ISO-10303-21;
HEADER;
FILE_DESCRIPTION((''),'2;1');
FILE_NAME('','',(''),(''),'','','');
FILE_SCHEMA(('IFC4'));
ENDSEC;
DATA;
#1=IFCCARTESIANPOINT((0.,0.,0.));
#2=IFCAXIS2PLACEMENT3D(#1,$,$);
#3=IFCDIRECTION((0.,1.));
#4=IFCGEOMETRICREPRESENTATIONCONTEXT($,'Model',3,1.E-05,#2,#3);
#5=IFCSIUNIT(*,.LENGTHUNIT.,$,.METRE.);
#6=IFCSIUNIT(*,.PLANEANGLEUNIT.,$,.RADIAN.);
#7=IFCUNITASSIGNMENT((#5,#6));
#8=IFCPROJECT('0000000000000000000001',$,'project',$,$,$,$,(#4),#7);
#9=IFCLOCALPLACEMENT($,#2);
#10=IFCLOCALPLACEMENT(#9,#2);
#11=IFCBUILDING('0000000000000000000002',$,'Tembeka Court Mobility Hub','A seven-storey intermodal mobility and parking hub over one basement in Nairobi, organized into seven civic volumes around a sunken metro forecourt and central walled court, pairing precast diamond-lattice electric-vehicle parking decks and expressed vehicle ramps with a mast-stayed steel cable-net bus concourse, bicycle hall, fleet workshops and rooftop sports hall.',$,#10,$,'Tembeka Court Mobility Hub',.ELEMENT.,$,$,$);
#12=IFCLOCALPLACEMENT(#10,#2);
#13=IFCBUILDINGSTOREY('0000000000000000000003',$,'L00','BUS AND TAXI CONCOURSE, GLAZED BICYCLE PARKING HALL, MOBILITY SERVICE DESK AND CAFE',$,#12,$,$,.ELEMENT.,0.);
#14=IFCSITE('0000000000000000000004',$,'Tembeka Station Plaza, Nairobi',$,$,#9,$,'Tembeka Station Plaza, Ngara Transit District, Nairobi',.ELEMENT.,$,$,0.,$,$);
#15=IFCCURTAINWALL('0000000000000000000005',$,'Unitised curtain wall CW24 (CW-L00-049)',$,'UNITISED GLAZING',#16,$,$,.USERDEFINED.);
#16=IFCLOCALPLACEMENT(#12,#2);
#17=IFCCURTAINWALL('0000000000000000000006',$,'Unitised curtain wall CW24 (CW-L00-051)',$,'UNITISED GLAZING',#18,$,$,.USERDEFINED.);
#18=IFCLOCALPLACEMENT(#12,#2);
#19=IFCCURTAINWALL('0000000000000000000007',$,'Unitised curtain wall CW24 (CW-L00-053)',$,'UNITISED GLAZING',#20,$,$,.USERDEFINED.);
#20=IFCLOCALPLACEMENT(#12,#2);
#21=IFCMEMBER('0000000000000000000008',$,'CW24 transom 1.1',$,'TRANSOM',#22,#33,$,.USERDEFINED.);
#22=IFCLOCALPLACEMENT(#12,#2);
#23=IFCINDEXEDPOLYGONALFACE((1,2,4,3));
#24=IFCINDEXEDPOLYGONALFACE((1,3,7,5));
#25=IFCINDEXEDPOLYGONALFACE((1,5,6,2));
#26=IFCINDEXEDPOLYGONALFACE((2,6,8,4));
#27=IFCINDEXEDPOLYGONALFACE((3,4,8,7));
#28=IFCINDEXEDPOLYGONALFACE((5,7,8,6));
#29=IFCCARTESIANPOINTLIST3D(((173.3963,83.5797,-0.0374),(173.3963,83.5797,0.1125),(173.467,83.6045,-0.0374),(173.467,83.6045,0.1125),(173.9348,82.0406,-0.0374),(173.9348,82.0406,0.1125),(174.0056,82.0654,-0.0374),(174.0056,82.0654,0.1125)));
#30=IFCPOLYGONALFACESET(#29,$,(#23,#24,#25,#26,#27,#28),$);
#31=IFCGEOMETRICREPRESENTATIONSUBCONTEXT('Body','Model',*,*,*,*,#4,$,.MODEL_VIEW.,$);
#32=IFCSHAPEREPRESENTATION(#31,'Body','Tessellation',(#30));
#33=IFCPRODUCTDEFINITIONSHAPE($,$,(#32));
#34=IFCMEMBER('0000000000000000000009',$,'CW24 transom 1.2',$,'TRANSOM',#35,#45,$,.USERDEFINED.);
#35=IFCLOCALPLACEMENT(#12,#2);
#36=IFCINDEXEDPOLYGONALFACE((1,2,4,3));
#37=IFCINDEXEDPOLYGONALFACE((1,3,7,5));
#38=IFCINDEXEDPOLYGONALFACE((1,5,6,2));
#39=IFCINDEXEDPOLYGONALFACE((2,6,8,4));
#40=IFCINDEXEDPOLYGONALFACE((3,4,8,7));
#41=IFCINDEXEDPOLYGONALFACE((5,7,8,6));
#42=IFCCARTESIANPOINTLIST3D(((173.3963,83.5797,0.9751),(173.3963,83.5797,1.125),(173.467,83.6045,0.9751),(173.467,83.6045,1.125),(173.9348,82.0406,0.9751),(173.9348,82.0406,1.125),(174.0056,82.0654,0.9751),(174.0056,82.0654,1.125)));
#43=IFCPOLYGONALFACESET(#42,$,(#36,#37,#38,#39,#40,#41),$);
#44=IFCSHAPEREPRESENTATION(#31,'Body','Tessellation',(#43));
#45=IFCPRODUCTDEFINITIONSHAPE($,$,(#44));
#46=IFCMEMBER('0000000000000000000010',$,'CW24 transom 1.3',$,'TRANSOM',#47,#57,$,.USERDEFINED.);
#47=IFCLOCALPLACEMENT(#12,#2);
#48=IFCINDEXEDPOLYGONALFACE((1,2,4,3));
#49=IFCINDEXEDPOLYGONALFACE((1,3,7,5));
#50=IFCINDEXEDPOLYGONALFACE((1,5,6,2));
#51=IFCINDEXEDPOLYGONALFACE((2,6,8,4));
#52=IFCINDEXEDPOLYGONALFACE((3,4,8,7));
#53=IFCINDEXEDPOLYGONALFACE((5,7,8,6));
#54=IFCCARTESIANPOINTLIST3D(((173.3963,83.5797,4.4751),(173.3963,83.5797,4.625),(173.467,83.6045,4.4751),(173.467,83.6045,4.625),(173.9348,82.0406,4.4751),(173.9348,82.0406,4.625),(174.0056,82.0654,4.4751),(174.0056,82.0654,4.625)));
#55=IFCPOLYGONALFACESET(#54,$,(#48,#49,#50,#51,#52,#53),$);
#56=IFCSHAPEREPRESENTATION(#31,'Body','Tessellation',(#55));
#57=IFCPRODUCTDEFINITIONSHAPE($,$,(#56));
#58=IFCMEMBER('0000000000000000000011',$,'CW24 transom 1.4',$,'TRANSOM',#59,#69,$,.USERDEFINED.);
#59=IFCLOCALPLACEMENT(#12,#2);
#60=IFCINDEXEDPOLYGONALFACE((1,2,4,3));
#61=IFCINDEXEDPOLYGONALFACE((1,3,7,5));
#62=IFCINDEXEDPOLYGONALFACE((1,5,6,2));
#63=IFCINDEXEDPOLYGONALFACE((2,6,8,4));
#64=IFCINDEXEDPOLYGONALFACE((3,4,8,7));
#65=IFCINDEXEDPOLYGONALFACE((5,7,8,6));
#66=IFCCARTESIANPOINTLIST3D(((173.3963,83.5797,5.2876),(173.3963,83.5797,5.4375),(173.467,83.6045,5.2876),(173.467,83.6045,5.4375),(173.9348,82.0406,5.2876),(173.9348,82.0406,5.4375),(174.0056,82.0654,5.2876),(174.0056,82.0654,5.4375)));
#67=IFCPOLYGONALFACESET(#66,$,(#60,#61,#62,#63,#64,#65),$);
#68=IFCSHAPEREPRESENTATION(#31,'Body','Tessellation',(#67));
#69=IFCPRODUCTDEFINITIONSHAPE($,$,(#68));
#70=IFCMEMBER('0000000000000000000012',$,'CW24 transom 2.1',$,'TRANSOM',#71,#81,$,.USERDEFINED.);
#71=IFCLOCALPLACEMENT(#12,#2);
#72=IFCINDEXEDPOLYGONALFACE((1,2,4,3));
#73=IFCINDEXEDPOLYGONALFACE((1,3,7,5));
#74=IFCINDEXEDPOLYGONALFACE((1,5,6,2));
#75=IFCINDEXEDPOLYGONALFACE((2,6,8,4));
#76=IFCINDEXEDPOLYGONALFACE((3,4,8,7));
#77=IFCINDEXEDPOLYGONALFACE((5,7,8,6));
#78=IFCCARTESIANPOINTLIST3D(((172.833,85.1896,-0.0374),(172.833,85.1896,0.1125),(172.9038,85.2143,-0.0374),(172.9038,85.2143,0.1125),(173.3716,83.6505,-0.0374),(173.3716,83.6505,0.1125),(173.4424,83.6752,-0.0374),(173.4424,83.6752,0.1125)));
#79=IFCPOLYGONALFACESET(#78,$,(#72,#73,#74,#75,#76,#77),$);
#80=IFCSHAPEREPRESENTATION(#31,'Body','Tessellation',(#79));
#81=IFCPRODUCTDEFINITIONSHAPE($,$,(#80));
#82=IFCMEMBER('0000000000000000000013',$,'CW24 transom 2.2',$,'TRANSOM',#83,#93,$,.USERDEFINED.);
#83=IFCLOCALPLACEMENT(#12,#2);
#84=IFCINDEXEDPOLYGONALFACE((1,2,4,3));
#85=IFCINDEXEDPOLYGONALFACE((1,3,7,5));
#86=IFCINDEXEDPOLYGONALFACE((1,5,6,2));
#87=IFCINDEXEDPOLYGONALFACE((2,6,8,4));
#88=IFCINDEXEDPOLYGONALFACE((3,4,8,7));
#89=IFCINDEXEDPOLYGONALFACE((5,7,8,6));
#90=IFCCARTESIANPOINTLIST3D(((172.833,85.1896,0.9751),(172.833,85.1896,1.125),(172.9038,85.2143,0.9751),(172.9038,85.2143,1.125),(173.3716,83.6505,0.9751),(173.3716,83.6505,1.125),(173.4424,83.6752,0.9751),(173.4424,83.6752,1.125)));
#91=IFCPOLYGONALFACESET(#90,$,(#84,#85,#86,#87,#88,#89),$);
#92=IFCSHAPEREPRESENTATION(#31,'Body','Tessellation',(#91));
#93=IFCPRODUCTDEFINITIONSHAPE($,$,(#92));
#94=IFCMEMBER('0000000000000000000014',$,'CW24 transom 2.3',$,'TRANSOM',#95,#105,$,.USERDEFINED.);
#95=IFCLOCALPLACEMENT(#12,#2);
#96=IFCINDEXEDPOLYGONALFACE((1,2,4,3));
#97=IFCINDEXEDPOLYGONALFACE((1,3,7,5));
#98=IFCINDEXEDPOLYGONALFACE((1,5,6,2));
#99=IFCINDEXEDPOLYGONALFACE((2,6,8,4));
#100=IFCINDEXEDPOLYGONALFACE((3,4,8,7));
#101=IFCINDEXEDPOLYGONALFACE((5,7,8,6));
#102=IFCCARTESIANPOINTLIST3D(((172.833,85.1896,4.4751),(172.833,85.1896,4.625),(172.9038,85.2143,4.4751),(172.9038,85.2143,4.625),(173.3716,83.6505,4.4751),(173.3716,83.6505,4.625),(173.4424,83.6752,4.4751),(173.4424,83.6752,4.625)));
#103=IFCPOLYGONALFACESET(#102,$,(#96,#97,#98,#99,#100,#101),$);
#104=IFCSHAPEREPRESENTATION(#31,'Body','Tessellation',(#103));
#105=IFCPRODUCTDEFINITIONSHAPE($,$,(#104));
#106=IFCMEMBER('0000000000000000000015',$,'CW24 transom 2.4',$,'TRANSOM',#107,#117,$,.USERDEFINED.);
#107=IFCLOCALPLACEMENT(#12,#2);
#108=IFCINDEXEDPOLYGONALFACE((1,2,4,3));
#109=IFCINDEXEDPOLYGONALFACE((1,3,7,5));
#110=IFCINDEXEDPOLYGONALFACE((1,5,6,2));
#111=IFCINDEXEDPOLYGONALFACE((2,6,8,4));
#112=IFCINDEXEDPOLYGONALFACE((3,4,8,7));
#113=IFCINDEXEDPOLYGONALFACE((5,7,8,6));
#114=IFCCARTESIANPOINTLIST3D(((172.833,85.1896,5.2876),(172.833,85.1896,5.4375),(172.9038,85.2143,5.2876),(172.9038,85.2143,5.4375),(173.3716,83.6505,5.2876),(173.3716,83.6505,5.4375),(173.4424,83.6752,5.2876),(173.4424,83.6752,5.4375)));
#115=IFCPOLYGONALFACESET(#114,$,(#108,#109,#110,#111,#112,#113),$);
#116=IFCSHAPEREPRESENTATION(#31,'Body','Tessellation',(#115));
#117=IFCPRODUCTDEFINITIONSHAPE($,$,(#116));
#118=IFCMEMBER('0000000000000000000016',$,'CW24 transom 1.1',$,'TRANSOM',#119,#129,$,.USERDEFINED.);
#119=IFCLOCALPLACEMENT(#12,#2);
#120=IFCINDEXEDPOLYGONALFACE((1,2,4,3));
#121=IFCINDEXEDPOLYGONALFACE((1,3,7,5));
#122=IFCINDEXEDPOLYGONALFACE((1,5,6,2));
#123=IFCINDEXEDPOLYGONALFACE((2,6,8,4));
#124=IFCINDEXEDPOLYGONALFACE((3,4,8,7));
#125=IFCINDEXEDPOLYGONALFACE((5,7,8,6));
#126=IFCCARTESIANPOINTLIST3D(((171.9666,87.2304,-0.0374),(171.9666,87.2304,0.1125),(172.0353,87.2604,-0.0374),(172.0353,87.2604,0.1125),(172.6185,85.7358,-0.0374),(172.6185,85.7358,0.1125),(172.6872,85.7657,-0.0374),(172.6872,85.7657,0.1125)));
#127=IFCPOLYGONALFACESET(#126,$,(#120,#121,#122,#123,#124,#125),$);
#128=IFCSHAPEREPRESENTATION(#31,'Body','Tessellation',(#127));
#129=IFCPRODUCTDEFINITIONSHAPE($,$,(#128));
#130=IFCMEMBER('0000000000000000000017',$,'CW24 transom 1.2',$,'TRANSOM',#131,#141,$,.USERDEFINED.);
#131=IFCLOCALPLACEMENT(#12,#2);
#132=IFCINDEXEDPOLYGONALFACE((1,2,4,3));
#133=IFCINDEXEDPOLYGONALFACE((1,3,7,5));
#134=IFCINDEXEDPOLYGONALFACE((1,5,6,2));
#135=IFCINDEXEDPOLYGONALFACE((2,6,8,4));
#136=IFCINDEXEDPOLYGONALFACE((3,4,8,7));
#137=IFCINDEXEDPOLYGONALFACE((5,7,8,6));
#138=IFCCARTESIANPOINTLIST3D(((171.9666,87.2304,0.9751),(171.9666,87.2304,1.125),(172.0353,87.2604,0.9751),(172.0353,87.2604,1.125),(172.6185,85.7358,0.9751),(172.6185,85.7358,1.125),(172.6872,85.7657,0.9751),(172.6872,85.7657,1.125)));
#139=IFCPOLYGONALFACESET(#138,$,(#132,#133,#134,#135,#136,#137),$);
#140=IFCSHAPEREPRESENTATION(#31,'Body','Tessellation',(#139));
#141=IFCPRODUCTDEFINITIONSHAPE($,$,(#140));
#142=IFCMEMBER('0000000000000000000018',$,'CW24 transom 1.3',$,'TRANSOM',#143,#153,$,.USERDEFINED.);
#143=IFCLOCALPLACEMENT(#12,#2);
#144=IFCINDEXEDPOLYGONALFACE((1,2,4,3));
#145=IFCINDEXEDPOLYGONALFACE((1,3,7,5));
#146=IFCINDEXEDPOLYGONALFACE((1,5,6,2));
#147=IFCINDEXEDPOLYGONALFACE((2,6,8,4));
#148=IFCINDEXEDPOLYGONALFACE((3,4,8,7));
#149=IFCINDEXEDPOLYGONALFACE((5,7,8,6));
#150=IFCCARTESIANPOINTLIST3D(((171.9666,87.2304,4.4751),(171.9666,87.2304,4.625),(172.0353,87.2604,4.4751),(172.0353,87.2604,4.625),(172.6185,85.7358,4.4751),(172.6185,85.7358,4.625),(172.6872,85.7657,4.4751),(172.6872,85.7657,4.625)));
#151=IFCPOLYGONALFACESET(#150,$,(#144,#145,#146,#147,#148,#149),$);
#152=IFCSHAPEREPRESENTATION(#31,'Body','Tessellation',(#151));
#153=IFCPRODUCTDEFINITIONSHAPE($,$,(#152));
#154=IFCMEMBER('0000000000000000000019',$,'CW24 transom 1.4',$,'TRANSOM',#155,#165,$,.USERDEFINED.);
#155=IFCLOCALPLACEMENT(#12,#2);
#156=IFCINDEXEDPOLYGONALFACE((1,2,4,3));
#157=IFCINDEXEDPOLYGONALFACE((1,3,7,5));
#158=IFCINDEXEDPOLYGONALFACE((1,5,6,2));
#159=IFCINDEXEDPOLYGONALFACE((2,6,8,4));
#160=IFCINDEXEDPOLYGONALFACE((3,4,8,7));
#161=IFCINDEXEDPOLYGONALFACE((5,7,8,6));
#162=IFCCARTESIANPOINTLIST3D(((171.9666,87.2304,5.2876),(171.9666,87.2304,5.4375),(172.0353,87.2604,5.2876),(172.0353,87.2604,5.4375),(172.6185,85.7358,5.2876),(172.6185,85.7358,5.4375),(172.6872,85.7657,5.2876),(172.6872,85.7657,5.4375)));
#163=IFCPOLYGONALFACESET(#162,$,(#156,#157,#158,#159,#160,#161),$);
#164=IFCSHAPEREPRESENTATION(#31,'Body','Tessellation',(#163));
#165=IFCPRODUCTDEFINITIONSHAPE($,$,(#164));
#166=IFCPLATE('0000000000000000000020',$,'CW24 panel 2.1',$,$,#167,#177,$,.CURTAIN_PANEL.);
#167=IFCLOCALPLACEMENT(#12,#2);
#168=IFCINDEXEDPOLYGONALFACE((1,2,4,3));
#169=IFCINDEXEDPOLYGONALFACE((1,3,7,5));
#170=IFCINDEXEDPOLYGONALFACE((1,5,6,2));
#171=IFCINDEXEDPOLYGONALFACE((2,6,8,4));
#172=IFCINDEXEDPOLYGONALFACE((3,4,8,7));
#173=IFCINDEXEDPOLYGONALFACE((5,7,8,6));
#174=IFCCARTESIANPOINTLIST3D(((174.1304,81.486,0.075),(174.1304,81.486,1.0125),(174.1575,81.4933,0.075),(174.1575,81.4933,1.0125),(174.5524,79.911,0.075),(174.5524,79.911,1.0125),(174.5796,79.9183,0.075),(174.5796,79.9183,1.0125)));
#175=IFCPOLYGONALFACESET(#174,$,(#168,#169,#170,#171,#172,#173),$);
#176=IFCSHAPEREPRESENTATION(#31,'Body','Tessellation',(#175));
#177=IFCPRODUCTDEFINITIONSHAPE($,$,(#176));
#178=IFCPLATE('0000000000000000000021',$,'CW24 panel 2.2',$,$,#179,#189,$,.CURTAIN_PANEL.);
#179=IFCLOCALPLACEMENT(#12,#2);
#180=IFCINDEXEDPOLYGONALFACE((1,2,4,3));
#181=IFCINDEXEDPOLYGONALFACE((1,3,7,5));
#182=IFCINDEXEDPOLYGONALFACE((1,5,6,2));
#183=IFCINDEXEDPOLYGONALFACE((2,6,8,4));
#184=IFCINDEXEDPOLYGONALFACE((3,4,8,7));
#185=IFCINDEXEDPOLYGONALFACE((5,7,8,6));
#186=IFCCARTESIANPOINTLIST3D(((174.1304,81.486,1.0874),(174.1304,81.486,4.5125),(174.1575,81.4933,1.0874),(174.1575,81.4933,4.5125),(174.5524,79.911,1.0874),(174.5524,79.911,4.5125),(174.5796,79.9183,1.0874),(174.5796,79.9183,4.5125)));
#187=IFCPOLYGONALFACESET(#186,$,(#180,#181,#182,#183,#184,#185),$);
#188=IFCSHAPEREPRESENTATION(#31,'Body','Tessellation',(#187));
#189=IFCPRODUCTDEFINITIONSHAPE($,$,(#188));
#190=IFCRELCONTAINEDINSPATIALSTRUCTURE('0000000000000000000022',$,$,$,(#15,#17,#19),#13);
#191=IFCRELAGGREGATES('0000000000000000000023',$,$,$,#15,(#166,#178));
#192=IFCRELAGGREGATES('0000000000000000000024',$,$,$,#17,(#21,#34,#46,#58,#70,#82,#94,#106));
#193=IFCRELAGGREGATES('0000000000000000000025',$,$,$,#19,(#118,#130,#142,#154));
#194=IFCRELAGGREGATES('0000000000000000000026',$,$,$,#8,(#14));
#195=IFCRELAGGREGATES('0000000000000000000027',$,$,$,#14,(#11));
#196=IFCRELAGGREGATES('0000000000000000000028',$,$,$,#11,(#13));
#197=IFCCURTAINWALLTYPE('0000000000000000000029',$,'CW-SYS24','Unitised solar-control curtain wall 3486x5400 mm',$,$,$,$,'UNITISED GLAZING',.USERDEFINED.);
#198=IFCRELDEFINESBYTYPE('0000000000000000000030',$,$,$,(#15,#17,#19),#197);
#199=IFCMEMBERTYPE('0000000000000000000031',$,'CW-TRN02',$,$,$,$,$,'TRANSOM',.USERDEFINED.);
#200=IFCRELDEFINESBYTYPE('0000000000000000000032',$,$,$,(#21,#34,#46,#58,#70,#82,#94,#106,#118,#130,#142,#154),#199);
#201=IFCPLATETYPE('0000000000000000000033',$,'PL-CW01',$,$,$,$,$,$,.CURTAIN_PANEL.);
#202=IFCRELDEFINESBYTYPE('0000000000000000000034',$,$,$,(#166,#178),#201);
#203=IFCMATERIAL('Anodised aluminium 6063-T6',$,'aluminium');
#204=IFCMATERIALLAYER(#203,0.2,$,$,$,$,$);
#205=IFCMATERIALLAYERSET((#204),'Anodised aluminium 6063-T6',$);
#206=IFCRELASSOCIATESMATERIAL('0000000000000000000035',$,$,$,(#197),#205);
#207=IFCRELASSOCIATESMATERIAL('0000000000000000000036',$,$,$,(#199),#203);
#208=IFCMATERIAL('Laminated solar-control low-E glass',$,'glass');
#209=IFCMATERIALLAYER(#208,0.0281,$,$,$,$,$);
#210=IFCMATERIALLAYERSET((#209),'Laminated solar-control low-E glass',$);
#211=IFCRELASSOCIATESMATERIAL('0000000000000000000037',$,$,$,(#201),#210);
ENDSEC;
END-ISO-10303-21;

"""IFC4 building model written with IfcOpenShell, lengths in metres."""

from ifc_helpers import new_model, si_unit, direction, frame, origin, origin_2d, place, context, subcontext, project, spatial, rectangle, extrude, material, layer, layer_set, material_profile, profile_set, type_object, element, aggregate, save


model = new_model("IFC4")

# Units and contexts
model_context = context("Model", 3, precision=1e-05, world=origin(), true_north=direction((0.0, 1.0)))
body_context = subcontext(model_context, "Body", "Model", "MODEL_VIEW")
ifc_project = project(units=[si_unit("LENGTHUNIT", "METRE"), si_unit("PLANEANGLEUNIT", "RADIAN")], contexts=[model_context])

# Site, building, storey
site_placement = place(None, origin())
site = spatial("IfcSite", under=ifc_project, at=site_placement, Name="Tembeka Station Plaza, Nairobi", LongName="Tembeka Station Plaza, Ngara Transit District, Nairobi", CompositionType="ELEMENT", RefElevation=0.0)
building_placement = place(site_placement, origin())
building = spatial("IfcBuilding", under=site, at=building_placement, Name="Tembeka Court Mobility Hub", Description="A seven-storey intermodal mobility and parking hub over one basement in Nairobi, organized into seven civic volumes around a sunken metro forecourt and central walled court, pairing precast diamond-lattice electric-vehicle parking decks and expressed vehicle ramps with a mast-stayed steel cable-net bus concourse, bicycle hall, fleet workshops and rooftop sports hall.", LongName="Tembeka Court Mobility Hub", CompositionType="ELEMENT")
storey_placement = place(building_placement, origin())
storey = spatial("IfcBuildingStorey", under=building, at=storey_placement, Name="L00", Description="BUS AND TAXI CONCOURSE, GLAZED BICYCLE PARKING HALL, MOBILITY SERVICE DESK AND CAFE", CompositionType="ELEMENT", Elevation=0.0)

# Curtain wall
ifc_material_1 = material(Name="Anodised aluminium 6063-T6", Category="aluminium")
ifc_layer_1 = layer(ifc_material_1, 0.2)
ifc_layer_set_1 = layer_set([ifc_layer_1], Name="Anodised aluminium 6063-T6")
curtain_wall_type = type_object("IfcCurtainWallType", Name="CW-SYS24", Description="Unitised solar-control curtain wall 3486x5400 mm", ElementType="UNITISED GLAZING", PredefinedType="USERDEFINED", material=ifc_layer_set_1)
curtain_wall_1_placement = place(storey_placement, origin())
curtain_wall_1 = element("IfcCurtainWall", 1, at=curtain_wall_1_placement, inside=storey, type_object=curtain_wall_type, Name="Unitised curtain wall CW24 (CW-L00-049)", ObjectType="UNITISED GLAZING", PredefinedType="USERDEFINED")

# Curtain wall
curtain_wall_2_placement = place(storey_placement, origin())
curtain_wall_2 = element("IfcCurtainWall", 2, at=curtain_wall_2_placement, inside=storey, type_object=curtain_wall_type, Name="Unitised curtain wall CW24 (CW-L00-051)", ObjectType="UNITISED GLAZING", PredefinedType="USERDEFINED")

# Curtain wall
curtain_wall_3_placement = place(storey_placement, origin())
curtain_wall_3 = element("IfcCurtainWall", 3, at=curtain_wall_3_placement, inside=storey, type_object=curtain_wall_type, Name="Unitised curtain wall CW24 (CW-L00-053)", ObjectType="UNITISED GLAZING", PredefinedType="USERDEFINED")

# Members
ifc_material_profile_1 = material_profile(ifc_material_1, rectangle(XDim=0.075, YDim=0.1499, at=origin_2d()), Name="ALU-TRN 75x150")
ifc_profile_set_1 = profile_set([ifc_material_profile_1], Name="Anodised aluminium 6063-T6")
member_type_1 = type_object("IfcMemberType", Name="CW-TRN02", ElementType="TRANSOM", PredefinedType="USERDEFINED", material=ifc_profile_set_1)
member_1_placement = place(storey_placement, frame((173.9702, 82.053, 0.0376), z_axis=(-0.330297, 0.943877, 0.0), x_axis=(-0.943877, -0.330297, 0.0)))
member_1 = element("IfcMember", 4, at=member_1_placement, type_object=member_type_1, Name="CW24 transom 1.1", ObjectType="TRANSOM", PredefinedType="USERDEFINED", context=body_context, shape_type="SweptSolid", body=[
    extrude(rectangle(XDim=0.075, YDim=0.1499, at=origin_2d()), origin(), (0.0, 0.0, 1.0), 1.6306),
])
member_2_placement = place(storey_placement, frame((173.9702, 82.053, 1.05), z_axis=(-0.330297, 0.943877, 0.0), x_axis=(-0.943877, -0.330297, 0.0)))
member_2 = element("IfcMember", 5, at=member_2_placement, type_object=member_type_1, Name="CW24 transom 1.2", ObjectType="TRANSOM", PredefinedType="USERDEFINED", context=body_context, shape_type="SweptSolid", body=[
    extrude(rectangle(XDim=0.075, YDim=0.1499, at=origin_2d()), origin(), (0.0, 0.0, 1.0), 1.6306),
])
member_3_placement = place(storey_placement, frame((173.9702, 82.053, 4.55), z_axis=(-0.330297, 0.943877, 0.0), x_axis=(-0.943877, -0.330297, 0.0)))
member_3 = element("IfcMember", 6, at=member_3_placement, type_object=member_type_1, Name="CW24 transom 1.3", ObjectType="TRANSOM", PredefinedType="USERDEFINED", context=body_context, shape_type="SweptSolid", body=[
    extrude(rectangle(XDim=0.075, YDim=0.1499, at=origin_2d()), origin(), (0.0, 0.0, 1.0), 1.6306),
])
member_4_placement = place(storey_placement, frame((173.9702, 82.053, 5.3625), z_axis=(-0.330297, 0.943877, 0.0), x_axis=(-0.943877, -0.330297, 0.0)))
member_4 = element("IfcMember", 7, at=member_4_placement, type_object=member_type_1, Name="CW24 transom 1.4", ObjectType="TRANSOM", PredefinedType="USERDEFINED", context=body_context, shape_type="SweptSolid", body=[
    extrude(rectangle(XDim=0.075, YDim=0.1499, at=origin_2d()), origin(), (0.0, 0.0, 1.0), 1.6306),
])
member_5_placement = place(storey_placement, frame((173.407, 83.6628, 0.0376), z_axis=(-0.330297, 0.943877, 0.0), x_axis=(-0.943877, -0.330297, 0.0)))
member_5 = element("IfcMember", 8, at=member_5_placement, type_object=member_type_1, Name="CW24 transom 2.1", ObjectType="TRANSOM", PredefinedType="USERDEFINED", context=body_context, shape_type="SweptSolid", body=[
    extrude(rectangle(XDim=0.075, YDim=0.1499, at=origin_2d()), origin(), (0.0, 0.0, 1.0), 1.6306),
])
member_6_placement = place(storey_placement, frame((173.407, 83.6628, 1.05), z_axis=(-0.330297, 0.943877, 0.0), x_axis=(-0.943877, -0.330297, 0.0)))
member_6 = element("IfcMember", 9, at=member_6_placement, type_object=member_type_1, Name="CW24 transom 2.2", ObjectType="TRANSOM", PredefinedType="USERDEFINED", context=body_context, shape_type="SweptSolid", body=[
    extrude(rectangle(XDim=0.075, YDim=0.1499, at=origin_2d()), origin(), (0.0, 0.0, 1.0), 1.6306),
])
member_7_placement = place(storey_placement, frame((173.407, 83.6628, 4.55), z_axis=(-0.330297, 0.943877, 0.0), x_axis=(-0.943877, -0.330297, 0.0)))
member_7 = element("IfcMember", 10, at=member_7_placement, type_object=member_type_1, Name="CW24 transom 2.3", ObjectType="TRANSOM", PredefinedType="USERDEFINED", context=body_context, shape_type="SweptSolid", body=[
    extrude(rectangle(XDim=0.075, YDim=0.1499, at=origin_2d()), origin(), (0.0, 0.0, 1.0), 1.6306),
])
member_8_placement = place(storey_placement, frame((173.407, 83.6628, 5.3625), z_axis=(-0.330297, 0.943877, 0.0), x_axis=(-0.943877, -0.330297, 0.0)))
member_8 = element("IfcMember", 11, at=member_8_placement, type_object=member_type_1, Name="CW24 transom 2.4", ObjectType="TRANSOM", PredefinedType="USERDEFINED", context=body_context, shape_type="SweptSolid", body=[
    extrude(rectangle(XDim=0.075, YDim=0.1499, at=origin_2d()), origin(), (0.0, 0.0, 1.0), 1.6306),
])
member_9_placement = place(storey_placement, frame((172.6528, 85.7507, 0.0376), z_axis=(-0.399766, 0.916617, 0.0), x_axis=(-0.916617, -0.399766, 0.0)))
member_9 = element("IfcMember", 12, at=member_9_placement, type_object=member_type_1, Name="CW24 transom 1.1", ObjectType="TRANSOM", PredefinedType="USERDEFINED", context=body_context, shape_type="SweptSolid", body=[
    extrude(rectangle(XDim=0.075, YDim=0.1499, at=origin_2d()), origin(), (0.0, 0.0, 1.0), 1.6306),
])
member_10_placement = place(storey_placement, frame((172.6528, 85.7507, 1.05), z_axis=(-0.399766, 0.916617, 0.0), x_axis=(-0.916617, -0.399766, 0.0)))
member_10 = element("IfcMember", 13, at=member_10_placement, type_object=member_type_1, Name="CW24 transom 1.2", ObjectType="TRANSOM", PredefinedType="USERDEFINED", context=body_context, shape_type="SweptSolid", body=[
    extrude(rectangle(XDim=0.075, YDim=0.1499, at=origin_2d()), origin(), (0.0, 0.0, 1.0), 1.6306),
])
member_11_placement = place(storey_placement, frame((172.6528, 85.7507, 4.55), z_axis=(-0.399766, 0.916617, 0.0), x_axis=(-0.916617, -0.399766, 0.0)))
member_11 = element("IfcMember", 14, at=member_11_placement, type_object=member_type_1, Name="CW24 transom 1.3", ObjectType="TRANSOM", PredefinedType="USERDEFINED", context=body_context, shape_type="SweptSolid", body=[
    extrude(rectangle(XDim=0.075, YDim=0.1499, at=origin_2d()), origin(), (0.0, 0.0, 1.0), 1.6306),
])
member_12_placement = place(storey_placement, frame((172.6528, 85.7507, 5.3625), z_axis=(-0.399766, 0.916617, 0.0), x_axis=(-0.916617, -0.399766, 0.0)))
member_12 = element("IfcMember", 15, at=member_12_placement, type_object=member_type_1, Name="CW24 transom 1.4", ObjectType="TRANSOM", PredefinedType="USERDEFINED", context=body_context, shape_type="SweptSolid", body=[
    extrude(rectangle(XDim=0.075, YDim=0.1499, at=origin_2d()), origin(), (0.0, 0.0, 1.0), 1.6306),
])

# Plates
ifc_material_2 = material(Name="Laminated solar-control low-E glass", Category="glass")
ifc_layer_2 = layer(ifc_material_2, 0.0281)
ifc_layer_set_2 = layer_set([ifc_layer_2], Name="Laminated solar-control low-E glass")
plate_type = type_object("IfcPlateType", Name="PL-CW01", PredefinedType="CURTAIN_PANEL", material=ifc_layer_set_2)
plate_1_placement = place(storey_placement, frame((174.355, 80.7021, 0.075), z_axis=(0.0, 0.0, 1.0), x_axis=(-0.258828, 0.965923, 0.0)))
plate_1 = element("IfcPlate", 16, at=plate_1_placement, type_object=plate_type, Name="CW24 panel 2.1", PredefinedType="CURTAIN_PANEL", context=body_context, shape_type="SweptSolid", body=[
    extrude(rectangle(XDim=1.6306, YDim=0.0281, at=origin_2d()), origin(), (0.0, 0.0, 1.0), 0.9375),
])
plate_2_placement = place(storey_placement, frame((174.355, 80.7021, 1.0874), z_axis=(0.0, 0.0, 1.0), x_axis=(-0.258828, 0.965923, 0.0)))
plate_2 = element("IfcPlate", 17, at=plate_2_placement, type_object=plate_type, Name="CW24 panel 2.2", PredefinedType="CURTAIN_PANEL", context=body_context, shape_type="SweptSolid", body=[
    extrude(rectangle(XDim=1.6306, YDim=0.0281, at=origin_2d()), origin(), (0.0, 0.0, 1.0), 3.425),
])
aggregate(curtain_wall_1, [plate_1, plate_2])
aggregate(curtain_wall_2, [member_1, member_2, member_3, member_4, member_5, member_6, member_7, member_8])
aggregate(curtain_wall_3, [member_9, member_10, member_11, member_12])

save(model, "model.ifc")
